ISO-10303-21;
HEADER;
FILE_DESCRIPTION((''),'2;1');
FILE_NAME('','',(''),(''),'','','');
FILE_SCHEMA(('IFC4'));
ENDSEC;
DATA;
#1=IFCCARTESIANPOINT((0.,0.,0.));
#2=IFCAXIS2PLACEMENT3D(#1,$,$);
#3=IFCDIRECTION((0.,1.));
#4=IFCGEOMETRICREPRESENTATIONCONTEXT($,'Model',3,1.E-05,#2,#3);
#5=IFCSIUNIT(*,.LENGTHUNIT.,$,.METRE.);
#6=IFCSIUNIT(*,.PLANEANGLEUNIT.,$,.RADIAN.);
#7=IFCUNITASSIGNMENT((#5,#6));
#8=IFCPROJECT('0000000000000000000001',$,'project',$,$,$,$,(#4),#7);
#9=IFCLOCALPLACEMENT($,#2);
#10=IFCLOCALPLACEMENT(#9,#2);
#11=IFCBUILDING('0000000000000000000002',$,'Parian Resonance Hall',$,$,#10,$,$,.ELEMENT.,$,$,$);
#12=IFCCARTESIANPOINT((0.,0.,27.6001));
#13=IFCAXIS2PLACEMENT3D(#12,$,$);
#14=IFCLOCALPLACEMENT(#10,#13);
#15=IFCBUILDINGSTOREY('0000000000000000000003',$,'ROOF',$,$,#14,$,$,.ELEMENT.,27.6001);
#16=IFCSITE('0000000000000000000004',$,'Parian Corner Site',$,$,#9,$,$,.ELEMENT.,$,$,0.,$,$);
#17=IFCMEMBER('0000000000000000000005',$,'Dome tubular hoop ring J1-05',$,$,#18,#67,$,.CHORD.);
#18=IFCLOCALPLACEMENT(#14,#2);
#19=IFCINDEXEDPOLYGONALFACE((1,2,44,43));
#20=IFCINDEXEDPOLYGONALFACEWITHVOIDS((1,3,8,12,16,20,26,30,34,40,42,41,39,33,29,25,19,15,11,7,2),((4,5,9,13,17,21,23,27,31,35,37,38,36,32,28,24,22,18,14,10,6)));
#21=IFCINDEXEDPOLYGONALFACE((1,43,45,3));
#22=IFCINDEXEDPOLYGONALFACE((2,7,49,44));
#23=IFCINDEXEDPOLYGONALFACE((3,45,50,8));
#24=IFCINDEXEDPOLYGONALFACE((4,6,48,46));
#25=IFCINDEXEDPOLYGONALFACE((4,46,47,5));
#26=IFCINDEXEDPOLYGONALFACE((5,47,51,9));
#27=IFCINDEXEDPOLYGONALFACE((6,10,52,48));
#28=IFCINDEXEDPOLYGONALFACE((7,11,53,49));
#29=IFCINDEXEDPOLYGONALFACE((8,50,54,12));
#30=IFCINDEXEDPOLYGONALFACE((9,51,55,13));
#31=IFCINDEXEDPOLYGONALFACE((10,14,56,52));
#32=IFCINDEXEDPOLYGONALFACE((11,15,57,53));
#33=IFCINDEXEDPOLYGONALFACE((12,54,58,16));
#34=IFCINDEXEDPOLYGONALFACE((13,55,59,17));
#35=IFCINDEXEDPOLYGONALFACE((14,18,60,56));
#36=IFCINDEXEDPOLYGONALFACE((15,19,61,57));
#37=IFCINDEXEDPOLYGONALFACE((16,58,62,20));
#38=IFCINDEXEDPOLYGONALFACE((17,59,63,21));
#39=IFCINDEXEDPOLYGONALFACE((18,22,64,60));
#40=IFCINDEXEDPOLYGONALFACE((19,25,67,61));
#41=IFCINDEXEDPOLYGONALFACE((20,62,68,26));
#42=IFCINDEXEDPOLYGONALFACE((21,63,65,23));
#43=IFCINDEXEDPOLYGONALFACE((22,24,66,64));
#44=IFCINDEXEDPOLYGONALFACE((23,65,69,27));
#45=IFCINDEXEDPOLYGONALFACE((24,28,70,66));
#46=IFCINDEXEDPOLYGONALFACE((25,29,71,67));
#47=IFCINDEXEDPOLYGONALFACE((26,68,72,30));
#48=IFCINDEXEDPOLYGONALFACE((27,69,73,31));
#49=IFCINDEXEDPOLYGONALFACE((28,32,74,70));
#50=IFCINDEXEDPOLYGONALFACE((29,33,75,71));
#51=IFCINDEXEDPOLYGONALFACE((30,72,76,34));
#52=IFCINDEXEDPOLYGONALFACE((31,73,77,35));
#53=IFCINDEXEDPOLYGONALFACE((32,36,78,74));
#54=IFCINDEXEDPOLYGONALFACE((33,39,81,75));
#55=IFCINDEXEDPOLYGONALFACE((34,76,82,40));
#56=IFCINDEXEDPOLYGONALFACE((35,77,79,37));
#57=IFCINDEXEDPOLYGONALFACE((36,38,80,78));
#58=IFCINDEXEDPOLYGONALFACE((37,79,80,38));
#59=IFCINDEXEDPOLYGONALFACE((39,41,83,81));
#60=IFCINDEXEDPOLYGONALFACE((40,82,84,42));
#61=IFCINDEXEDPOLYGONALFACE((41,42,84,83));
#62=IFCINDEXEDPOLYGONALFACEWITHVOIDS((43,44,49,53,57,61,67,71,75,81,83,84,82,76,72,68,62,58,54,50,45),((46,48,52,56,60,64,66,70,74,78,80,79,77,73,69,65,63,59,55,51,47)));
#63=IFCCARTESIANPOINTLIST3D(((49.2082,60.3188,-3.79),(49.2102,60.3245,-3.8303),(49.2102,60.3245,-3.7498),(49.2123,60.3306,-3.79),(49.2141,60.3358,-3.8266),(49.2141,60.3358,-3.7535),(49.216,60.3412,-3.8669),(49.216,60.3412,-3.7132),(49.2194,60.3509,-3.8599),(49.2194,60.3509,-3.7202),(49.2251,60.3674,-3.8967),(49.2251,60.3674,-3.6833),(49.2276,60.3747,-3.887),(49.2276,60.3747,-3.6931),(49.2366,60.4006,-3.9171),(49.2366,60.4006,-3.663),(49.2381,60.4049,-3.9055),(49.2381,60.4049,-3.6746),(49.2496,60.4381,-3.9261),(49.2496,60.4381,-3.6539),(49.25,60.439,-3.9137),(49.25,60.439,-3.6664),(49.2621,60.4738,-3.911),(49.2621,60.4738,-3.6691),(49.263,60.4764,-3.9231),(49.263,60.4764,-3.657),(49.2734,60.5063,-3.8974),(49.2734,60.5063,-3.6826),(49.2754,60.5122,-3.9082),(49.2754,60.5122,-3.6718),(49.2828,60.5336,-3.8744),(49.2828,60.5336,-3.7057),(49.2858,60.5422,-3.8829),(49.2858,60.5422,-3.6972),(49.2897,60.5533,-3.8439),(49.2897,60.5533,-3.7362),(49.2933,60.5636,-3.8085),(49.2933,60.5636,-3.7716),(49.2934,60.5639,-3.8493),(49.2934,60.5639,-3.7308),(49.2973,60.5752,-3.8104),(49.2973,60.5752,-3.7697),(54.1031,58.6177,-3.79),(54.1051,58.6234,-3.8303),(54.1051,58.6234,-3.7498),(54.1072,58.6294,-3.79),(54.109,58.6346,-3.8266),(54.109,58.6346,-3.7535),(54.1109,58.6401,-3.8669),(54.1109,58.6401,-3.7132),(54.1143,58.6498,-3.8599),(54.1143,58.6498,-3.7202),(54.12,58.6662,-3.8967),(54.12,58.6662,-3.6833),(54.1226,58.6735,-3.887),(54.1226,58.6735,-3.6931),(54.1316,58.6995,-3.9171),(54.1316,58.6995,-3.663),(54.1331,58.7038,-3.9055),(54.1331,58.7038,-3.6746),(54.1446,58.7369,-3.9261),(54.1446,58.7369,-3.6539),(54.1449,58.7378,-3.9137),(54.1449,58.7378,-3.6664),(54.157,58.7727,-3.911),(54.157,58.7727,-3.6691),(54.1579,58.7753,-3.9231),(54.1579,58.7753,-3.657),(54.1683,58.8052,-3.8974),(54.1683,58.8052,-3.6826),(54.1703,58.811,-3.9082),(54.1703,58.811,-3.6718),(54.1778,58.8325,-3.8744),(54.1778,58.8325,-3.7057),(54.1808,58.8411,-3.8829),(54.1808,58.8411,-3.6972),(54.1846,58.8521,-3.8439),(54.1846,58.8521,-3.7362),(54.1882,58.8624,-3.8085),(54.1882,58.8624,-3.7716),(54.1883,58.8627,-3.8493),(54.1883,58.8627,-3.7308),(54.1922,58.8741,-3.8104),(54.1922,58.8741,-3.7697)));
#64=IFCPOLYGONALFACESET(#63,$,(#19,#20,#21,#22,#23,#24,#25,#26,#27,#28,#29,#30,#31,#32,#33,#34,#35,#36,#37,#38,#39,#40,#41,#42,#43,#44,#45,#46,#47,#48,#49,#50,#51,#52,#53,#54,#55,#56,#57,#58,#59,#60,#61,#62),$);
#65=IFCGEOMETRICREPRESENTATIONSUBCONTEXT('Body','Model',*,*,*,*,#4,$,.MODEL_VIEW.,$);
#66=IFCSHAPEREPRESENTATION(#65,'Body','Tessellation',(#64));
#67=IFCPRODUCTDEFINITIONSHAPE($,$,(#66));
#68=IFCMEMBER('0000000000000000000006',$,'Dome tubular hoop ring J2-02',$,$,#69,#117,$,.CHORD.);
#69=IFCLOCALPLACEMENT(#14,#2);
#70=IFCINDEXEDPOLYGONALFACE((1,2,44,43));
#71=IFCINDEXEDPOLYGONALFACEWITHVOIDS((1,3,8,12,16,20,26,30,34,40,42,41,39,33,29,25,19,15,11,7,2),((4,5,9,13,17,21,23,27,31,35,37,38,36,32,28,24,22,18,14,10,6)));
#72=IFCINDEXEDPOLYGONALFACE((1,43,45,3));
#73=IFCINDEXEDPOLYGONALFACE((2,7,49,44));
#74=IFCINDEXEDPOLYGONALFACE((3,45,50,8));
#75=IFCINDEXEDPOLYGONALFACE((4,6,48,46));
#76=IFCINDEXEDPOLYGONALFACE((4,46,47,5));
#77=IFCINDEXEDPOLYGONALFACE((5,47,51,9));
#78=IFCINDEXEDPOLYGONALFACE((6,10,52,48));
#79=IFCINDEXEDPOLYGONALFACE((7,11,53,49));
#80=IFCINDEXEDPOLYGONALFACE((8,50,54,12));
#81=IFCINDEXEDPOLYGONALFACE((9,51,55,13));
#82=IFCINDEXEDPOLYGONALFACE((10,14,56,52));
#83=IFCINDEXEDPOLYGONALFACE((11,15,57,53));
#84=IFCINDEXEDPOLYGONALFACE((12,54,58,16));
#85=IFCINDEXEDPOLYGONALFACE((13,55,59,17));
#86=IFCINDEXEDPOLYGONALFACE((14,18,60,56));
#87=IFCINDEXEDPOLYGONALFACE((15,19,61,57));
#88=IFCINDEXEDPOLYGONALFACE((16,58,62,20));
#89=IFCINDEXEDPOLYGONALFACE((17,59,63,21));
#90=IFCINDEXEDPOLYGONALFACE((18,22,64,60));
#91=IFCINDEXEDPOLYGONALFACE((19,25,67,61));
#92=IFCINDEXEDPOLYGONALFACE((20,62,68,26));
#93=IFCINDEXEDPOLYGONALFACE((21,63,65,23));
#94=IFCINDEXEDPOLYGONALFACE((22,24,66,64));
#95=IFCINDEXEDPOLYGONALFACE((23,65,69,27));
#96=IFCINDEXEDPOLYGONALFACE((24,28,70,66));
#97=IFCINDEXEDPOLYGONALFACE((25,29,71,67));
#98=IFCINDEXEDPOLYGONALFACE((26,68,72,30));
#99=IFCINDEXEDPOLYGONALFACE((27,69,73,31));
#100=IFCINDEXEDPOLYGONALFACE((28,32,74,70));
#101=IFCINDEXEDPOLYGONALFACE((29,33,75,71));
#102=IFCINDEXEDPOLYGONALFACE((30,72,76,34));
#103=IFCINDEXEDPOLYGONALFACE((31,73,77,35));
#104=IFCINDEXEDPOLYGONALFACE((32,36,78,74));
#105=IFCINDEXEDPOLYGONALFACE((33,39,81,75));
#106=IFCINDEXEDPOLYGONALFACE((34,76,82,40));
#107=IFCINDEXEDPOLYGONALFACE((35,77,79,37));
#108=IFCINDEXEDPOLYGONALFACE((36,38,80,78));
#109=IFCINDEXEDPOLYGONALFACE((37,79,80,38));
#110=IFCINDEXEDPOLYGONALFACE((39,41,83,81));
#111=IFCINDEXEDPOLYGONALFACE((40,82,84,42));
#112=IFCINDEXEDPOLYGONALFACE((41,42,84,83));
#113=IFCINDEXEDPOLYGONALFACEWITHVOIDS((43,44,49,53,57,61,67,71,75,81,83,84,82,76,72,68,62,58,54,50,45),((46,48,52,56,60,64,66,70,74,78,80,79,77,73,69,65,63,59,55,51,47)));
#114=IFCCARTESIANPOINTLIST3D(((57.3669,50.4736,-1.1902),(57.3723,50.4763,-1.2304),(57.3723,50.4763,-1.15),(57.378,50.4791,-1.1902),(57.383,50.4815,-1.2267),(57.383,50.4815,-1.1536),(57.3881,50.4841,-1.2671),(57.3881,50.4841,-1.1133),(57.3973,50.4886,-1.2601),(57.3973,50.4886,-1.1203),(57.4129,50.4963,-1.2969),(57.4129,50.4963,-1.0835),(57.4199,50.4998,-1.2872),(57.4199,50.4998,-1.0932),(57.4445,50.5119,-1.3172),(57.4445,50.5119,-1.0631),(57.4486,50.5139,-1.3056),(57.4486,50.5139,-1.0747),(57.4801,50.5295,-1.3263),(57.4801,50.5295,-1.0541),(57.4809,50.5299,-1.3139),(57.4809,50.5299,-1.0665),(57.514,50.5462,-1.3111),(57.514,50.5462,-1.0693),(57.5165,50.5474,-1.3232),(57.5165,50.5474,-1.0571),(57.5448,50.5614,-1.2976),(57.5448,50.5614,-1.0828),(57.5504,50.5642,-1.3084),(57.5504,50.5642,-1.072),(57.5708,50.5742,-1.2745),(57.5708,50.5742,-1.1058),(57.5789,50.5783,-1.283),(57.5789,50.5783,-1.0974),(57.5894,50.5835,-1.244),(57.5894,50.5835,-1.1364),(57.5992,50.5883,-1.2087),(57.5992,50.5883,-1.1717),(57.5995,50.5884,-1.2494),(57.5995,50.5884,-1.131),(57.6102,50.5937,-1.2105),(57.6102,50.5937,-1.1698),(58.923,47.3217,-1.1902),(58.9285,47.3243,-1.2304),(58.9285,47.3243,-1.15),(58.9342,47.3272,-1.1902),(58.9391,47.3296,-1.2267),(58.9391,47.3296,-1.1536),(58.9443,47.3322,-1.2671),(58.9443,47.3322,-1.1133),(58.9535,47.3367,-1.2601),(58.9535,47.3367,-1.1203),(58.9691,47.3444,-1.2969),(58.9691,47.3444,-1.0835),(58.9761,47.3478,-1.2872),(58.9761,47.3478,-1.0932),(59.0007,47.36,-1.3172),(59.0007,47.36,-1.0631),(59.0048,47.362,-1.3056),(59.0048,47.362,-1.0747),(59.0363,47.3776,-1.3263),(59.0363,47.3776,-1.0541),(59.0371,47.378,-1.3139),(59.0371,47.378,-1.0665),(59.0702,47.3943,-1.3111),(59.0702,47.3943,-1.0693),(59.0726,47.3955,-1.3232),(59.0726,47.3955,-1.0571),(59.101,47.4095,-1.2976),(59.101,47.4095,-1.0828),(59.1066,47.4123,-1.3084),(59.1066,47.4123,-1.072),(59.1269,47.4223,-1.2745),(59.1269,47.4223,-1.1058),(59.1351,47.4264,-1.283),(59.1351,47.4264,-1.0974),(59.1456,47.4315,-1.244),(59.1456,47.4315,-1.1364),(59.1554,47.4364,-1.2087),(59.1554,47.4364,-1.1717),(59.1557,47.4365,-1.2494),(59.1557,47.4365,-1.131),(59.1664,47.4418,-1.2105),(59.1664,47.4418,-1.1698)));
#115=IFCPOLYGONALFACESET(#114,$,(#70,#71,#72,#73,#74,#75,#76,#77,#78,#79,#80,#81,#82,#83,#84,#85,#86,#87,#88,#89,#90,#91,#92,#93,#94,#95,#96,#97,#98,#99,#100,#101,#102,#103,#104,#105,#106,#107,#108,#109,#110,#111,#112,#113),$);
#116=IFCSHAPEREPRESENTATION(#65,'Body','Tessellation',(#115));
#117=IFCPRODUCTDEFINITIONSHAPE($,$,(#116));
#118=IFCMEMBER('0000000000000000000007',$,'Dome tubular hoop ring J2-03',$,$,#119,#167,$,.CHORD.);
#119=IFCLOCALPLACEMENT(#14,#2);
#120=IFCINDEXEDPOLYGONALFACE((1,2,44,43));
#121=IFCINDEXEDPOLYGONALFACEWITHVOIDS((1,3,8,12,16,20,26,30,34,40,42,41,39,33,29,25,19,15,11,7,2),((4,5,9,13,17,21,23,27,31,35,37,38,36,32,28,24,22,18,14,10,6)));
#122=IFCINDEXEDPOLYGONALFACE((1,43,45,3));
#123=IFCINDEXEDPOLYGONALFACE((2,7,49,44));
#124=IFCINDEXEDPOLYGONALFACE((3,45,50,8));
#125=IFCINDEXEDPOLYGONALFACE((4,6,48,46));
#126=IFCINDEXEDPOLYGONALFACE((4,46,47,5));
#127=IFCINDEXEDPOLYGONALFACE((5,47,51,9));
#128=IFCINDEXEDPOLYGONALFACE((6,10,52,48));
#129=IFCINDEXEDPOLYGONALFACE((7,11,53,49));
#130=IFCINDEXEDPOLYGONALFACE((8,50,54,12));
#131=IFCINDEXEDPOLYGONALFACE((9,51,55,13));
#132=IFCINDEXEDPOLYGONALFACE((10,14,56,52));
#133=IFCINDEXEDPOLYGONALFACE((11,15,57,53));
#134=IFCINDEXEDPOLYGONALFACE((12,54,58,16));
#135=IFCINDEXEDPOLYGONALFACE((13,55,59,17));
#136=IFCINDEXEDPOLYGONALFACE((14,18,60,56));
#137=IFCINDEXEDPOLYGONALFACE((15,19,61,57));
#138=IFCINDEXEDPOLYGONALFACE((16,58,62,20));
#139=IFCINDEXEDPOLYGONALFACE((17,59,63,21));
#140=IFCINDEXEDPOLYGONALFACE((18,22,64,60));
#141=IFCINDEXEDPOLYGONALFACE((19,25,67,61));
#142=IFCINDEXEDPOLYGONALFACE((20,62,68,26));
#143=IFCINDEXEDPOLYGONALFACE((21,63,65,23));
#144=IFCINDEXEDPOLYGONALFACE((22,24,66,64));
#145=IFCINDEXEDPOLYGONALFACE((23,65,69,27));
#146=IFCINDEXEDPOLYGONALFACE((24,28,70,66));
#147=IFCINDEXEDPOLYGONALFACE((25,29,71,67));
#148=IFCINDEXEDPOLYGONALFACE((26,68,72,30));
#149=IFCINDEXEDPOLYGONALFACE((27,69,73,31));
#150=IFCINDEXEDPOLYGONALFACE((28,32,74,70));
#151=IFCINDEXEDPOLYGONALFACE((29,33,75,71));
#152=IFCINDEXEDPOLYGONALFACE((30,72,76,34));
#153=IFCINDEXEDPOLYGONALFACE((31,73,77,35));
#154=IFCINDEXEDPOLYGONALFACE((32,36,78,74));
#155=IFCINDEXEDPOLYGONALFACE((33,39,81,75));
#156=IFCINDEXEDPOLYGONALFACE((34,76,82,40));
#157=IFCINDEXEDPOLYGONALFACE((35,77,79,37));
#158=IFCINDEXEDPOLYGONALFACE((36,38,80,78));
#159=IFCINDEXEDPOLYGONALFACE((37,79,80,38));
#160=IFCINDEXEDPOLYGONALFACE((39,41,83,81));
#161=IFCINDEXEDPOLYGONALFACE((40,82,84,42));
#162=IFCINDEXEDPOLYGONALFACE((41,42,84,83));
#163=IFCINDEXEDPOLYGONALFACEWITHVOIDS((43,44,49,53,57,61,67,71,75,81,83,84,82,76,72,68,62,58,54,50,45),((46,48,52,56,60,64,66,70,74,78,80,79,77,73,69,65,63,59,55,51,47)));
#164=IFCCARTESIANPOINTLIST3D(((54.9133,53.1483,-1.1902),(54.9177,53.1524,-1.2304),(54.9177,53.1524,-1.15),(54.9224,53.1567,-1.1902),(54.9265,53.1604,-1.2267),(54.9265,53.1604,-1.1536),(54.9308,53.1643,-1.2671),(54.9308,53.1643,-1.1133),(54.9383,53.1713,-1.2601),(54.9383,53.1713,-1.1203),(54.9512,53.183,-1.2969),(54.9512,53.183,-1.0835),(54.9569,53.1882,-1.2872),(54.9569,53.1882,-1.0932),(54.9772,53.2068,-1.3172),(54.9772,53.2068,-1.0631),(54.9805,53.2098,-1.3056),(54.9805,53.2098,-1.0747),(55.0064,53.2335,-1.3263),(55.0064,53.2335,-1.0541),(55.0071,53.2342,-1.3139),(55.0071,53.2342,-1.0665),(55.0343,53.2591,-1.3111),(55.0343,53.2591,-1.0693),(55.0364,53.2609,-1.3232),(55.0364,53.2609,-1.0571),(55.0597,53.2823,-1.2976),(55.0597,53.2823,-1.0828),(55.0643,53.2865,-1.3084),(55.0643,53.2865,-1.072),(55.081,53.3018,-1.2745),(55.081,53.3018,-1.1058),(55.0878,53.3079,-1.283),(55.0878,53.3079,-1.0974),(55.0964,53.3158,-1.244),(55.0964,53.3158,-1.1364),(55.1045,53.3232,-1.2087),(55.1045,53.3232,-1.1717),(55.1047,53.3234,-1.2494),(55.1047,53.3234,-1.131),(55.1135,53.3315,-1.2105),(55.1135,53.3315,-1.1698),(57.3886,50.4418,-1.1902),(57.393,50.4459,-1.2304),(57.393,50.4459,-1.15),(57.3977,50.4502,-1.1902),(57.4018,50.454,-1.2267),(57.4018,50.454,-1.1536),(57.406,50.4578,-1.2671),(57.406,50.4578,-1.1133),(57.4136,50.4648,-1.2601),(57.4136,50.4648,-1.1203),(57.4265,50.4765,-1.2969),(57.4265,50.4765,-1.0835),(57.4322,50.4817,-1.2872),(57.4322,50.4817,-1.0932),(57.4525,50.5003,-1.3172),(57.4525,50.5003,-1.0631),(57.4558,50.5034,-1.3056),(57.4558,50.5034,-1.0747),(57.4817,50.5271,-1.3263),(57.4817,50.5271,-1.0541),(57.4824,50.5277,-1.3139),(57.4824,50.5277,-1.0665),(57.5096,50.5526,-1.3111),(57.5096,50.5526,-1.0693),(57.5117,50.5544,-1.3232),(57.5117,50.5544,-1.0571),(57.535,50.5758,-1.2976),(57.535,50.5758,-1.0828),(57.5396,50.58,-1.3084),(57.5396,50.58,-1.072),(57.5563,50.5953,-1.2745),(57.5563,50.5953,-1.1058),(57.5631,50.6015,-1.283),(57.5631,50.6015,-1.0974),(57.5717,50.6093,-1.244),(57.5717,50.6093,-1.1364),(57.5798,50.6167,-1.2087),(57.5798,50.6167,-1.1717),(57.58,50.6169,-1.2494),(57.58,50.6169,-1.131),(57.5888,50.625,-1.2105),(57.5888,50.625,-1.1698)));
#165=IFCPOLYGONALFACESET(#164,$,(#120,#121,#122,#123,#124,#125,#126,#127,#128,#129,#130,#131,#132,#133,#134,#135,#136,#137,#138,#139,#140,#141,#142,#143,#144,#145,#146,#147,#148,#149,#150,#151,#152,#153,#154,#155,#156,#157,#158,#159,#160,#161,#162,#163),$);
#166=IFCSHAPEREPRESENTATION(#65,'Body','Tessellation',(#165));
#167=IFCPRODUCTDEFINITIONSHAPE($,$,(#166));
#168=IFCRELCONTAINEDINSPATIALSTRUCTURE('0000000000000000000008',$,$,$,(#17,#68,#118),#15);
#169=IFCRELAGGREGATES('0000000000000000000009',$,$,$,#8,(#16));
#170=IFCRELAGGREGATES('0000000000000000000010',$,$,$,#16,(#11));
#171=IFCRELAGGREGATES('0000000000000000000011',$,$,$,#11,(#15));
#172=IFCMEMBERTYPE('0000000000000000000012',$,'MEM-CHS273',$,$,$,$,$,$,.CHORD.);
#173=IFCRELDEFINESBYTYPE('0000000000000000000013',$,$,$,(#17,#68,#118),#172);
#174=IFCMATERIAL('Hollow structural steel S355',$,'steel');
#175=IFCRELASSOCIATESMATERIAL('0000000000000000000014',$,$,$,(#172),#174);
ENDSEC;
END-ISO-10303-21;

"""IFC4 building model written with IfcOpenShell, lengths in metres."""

from ifc_helpers import new_model, si_unit, direction, frame, origin, origin_2d, place, context, subcontext, project, spatial, hollow_circle, extrude, material, material_profile, profile_set, type_object, element, save


model = new_model("IFC4")

# Units and contexts
model_context = context("Model", 3, precision=1e-05, world=origin(), true_north=direction((0.0, 1.0)))
body_context = subcontext(model_context, "Body", "Model", "MODEL_VIEW")
ifc_project = project(units=[si_unit("LENGTHUNIT", "METRE"), si_unit("PLANEANGLEUNIT", "RADIAN")], contexts=[model_context])

# Site, building, storey
site_placement = place(None, origin())
site = spatial("IfcSite", under=ifc_project, at=site_placement, Name="Parian Corner Site", CompositionType="ELEMENT", RefElevation=0.0)
building_placement = place(site_placement, origin())
building = spatial("IfcBuilding", under=site, at=building_placement, Name="Parian Resonance Hall", CompositionType="ELEMENT")
storey_placement = place(building_placement, frame((0.0, 0.0, 27.6001)))
storey = spatial("IfcBuildingStorey", under=building, at=storey_placement, Name="ROOF", CompositionType="ELEMENT", Elevation=27.6001)

# Members
ifc_material_1 = material(Name="Hollow structural steel S355", Category="steel")
ifc_material_profile_1 = material_profile(ifc_material_1, hollow_circle(Radius=0.1365, WallThickness=0.0125, at=origin_2d()), Name="CHS273x12.5")
ifc_profile_set_1 = profile_set([ifc_material_profile_1], Name="Hollow structural steel S355")
member_type_1 = type_object("IfcMemberType", Name="MEM-CHS273", PredefinedType="CHORD", material=ifc_profile_set_1)
member_1_placement = place(storey_placement, frame((54.1479, 58.7466, -3.79), z_axis=(-0.944583, 0.328272, 0.0), x_axis=(-0.328272, -0.944583, 0.0)))
element("IfcMember", 1, at=member_1_placement, inside=storey, type_object=member_type_1, Name="Dome tubular hoop ring J1-05", PredefinedType="CHORD", context=body_context, shape_type="SweptSolid", body=[
    extrude(hollow_circle(Radius=0.1365, WallThickness=0.0125, at=origin_2d()), origin(), (0.0, 0.0, 1.0), 5.1821),
])
member_2_placement = place(storey_placement, frame((59.0454, 47.3821, -1.1902), z_axis=(-0.442707, 0.896666, 0.0), x_axis=(-0.896666, -0.442707, 0.0)))
element("IfcMember", 2, at=member_2_placement, inside=storey, type_object=member_type_1, Name="Dome tubular hoop ring J2-02", PredefinedType="CHORD", context=body_context, shape_type="SweptSolid", body=[
    extrude(hollow_circle(Radius=0.1365, WallThickness=0.0125, at=origin_2d()), origin(), (0.0, 0.0, 1.0), 3.5151),
])
member_3_placement = place(storey_placement, frame((57.4893, 50.5339, -1.1902), z_axis=(-0.674886, 0.737922, 0.0), x_axis=(-0.737922, -0.674886, 0.0)))
element("IfcMember", 3, at=member_3_placement, inside=storey, type_object=member_type_1, Name="Dome tubular hoop ring J2-03", PredefinedType="CHORD", context=body_context, shape_type="SweptSolid", body=[
    extrude(hollow_circle(Radius=0.1365, WallThickness=0.0125, at=origin_2d()), origin(), (0.0, 0.0, 1.0), 3.6677),
])

save(model, "model.ifc")
